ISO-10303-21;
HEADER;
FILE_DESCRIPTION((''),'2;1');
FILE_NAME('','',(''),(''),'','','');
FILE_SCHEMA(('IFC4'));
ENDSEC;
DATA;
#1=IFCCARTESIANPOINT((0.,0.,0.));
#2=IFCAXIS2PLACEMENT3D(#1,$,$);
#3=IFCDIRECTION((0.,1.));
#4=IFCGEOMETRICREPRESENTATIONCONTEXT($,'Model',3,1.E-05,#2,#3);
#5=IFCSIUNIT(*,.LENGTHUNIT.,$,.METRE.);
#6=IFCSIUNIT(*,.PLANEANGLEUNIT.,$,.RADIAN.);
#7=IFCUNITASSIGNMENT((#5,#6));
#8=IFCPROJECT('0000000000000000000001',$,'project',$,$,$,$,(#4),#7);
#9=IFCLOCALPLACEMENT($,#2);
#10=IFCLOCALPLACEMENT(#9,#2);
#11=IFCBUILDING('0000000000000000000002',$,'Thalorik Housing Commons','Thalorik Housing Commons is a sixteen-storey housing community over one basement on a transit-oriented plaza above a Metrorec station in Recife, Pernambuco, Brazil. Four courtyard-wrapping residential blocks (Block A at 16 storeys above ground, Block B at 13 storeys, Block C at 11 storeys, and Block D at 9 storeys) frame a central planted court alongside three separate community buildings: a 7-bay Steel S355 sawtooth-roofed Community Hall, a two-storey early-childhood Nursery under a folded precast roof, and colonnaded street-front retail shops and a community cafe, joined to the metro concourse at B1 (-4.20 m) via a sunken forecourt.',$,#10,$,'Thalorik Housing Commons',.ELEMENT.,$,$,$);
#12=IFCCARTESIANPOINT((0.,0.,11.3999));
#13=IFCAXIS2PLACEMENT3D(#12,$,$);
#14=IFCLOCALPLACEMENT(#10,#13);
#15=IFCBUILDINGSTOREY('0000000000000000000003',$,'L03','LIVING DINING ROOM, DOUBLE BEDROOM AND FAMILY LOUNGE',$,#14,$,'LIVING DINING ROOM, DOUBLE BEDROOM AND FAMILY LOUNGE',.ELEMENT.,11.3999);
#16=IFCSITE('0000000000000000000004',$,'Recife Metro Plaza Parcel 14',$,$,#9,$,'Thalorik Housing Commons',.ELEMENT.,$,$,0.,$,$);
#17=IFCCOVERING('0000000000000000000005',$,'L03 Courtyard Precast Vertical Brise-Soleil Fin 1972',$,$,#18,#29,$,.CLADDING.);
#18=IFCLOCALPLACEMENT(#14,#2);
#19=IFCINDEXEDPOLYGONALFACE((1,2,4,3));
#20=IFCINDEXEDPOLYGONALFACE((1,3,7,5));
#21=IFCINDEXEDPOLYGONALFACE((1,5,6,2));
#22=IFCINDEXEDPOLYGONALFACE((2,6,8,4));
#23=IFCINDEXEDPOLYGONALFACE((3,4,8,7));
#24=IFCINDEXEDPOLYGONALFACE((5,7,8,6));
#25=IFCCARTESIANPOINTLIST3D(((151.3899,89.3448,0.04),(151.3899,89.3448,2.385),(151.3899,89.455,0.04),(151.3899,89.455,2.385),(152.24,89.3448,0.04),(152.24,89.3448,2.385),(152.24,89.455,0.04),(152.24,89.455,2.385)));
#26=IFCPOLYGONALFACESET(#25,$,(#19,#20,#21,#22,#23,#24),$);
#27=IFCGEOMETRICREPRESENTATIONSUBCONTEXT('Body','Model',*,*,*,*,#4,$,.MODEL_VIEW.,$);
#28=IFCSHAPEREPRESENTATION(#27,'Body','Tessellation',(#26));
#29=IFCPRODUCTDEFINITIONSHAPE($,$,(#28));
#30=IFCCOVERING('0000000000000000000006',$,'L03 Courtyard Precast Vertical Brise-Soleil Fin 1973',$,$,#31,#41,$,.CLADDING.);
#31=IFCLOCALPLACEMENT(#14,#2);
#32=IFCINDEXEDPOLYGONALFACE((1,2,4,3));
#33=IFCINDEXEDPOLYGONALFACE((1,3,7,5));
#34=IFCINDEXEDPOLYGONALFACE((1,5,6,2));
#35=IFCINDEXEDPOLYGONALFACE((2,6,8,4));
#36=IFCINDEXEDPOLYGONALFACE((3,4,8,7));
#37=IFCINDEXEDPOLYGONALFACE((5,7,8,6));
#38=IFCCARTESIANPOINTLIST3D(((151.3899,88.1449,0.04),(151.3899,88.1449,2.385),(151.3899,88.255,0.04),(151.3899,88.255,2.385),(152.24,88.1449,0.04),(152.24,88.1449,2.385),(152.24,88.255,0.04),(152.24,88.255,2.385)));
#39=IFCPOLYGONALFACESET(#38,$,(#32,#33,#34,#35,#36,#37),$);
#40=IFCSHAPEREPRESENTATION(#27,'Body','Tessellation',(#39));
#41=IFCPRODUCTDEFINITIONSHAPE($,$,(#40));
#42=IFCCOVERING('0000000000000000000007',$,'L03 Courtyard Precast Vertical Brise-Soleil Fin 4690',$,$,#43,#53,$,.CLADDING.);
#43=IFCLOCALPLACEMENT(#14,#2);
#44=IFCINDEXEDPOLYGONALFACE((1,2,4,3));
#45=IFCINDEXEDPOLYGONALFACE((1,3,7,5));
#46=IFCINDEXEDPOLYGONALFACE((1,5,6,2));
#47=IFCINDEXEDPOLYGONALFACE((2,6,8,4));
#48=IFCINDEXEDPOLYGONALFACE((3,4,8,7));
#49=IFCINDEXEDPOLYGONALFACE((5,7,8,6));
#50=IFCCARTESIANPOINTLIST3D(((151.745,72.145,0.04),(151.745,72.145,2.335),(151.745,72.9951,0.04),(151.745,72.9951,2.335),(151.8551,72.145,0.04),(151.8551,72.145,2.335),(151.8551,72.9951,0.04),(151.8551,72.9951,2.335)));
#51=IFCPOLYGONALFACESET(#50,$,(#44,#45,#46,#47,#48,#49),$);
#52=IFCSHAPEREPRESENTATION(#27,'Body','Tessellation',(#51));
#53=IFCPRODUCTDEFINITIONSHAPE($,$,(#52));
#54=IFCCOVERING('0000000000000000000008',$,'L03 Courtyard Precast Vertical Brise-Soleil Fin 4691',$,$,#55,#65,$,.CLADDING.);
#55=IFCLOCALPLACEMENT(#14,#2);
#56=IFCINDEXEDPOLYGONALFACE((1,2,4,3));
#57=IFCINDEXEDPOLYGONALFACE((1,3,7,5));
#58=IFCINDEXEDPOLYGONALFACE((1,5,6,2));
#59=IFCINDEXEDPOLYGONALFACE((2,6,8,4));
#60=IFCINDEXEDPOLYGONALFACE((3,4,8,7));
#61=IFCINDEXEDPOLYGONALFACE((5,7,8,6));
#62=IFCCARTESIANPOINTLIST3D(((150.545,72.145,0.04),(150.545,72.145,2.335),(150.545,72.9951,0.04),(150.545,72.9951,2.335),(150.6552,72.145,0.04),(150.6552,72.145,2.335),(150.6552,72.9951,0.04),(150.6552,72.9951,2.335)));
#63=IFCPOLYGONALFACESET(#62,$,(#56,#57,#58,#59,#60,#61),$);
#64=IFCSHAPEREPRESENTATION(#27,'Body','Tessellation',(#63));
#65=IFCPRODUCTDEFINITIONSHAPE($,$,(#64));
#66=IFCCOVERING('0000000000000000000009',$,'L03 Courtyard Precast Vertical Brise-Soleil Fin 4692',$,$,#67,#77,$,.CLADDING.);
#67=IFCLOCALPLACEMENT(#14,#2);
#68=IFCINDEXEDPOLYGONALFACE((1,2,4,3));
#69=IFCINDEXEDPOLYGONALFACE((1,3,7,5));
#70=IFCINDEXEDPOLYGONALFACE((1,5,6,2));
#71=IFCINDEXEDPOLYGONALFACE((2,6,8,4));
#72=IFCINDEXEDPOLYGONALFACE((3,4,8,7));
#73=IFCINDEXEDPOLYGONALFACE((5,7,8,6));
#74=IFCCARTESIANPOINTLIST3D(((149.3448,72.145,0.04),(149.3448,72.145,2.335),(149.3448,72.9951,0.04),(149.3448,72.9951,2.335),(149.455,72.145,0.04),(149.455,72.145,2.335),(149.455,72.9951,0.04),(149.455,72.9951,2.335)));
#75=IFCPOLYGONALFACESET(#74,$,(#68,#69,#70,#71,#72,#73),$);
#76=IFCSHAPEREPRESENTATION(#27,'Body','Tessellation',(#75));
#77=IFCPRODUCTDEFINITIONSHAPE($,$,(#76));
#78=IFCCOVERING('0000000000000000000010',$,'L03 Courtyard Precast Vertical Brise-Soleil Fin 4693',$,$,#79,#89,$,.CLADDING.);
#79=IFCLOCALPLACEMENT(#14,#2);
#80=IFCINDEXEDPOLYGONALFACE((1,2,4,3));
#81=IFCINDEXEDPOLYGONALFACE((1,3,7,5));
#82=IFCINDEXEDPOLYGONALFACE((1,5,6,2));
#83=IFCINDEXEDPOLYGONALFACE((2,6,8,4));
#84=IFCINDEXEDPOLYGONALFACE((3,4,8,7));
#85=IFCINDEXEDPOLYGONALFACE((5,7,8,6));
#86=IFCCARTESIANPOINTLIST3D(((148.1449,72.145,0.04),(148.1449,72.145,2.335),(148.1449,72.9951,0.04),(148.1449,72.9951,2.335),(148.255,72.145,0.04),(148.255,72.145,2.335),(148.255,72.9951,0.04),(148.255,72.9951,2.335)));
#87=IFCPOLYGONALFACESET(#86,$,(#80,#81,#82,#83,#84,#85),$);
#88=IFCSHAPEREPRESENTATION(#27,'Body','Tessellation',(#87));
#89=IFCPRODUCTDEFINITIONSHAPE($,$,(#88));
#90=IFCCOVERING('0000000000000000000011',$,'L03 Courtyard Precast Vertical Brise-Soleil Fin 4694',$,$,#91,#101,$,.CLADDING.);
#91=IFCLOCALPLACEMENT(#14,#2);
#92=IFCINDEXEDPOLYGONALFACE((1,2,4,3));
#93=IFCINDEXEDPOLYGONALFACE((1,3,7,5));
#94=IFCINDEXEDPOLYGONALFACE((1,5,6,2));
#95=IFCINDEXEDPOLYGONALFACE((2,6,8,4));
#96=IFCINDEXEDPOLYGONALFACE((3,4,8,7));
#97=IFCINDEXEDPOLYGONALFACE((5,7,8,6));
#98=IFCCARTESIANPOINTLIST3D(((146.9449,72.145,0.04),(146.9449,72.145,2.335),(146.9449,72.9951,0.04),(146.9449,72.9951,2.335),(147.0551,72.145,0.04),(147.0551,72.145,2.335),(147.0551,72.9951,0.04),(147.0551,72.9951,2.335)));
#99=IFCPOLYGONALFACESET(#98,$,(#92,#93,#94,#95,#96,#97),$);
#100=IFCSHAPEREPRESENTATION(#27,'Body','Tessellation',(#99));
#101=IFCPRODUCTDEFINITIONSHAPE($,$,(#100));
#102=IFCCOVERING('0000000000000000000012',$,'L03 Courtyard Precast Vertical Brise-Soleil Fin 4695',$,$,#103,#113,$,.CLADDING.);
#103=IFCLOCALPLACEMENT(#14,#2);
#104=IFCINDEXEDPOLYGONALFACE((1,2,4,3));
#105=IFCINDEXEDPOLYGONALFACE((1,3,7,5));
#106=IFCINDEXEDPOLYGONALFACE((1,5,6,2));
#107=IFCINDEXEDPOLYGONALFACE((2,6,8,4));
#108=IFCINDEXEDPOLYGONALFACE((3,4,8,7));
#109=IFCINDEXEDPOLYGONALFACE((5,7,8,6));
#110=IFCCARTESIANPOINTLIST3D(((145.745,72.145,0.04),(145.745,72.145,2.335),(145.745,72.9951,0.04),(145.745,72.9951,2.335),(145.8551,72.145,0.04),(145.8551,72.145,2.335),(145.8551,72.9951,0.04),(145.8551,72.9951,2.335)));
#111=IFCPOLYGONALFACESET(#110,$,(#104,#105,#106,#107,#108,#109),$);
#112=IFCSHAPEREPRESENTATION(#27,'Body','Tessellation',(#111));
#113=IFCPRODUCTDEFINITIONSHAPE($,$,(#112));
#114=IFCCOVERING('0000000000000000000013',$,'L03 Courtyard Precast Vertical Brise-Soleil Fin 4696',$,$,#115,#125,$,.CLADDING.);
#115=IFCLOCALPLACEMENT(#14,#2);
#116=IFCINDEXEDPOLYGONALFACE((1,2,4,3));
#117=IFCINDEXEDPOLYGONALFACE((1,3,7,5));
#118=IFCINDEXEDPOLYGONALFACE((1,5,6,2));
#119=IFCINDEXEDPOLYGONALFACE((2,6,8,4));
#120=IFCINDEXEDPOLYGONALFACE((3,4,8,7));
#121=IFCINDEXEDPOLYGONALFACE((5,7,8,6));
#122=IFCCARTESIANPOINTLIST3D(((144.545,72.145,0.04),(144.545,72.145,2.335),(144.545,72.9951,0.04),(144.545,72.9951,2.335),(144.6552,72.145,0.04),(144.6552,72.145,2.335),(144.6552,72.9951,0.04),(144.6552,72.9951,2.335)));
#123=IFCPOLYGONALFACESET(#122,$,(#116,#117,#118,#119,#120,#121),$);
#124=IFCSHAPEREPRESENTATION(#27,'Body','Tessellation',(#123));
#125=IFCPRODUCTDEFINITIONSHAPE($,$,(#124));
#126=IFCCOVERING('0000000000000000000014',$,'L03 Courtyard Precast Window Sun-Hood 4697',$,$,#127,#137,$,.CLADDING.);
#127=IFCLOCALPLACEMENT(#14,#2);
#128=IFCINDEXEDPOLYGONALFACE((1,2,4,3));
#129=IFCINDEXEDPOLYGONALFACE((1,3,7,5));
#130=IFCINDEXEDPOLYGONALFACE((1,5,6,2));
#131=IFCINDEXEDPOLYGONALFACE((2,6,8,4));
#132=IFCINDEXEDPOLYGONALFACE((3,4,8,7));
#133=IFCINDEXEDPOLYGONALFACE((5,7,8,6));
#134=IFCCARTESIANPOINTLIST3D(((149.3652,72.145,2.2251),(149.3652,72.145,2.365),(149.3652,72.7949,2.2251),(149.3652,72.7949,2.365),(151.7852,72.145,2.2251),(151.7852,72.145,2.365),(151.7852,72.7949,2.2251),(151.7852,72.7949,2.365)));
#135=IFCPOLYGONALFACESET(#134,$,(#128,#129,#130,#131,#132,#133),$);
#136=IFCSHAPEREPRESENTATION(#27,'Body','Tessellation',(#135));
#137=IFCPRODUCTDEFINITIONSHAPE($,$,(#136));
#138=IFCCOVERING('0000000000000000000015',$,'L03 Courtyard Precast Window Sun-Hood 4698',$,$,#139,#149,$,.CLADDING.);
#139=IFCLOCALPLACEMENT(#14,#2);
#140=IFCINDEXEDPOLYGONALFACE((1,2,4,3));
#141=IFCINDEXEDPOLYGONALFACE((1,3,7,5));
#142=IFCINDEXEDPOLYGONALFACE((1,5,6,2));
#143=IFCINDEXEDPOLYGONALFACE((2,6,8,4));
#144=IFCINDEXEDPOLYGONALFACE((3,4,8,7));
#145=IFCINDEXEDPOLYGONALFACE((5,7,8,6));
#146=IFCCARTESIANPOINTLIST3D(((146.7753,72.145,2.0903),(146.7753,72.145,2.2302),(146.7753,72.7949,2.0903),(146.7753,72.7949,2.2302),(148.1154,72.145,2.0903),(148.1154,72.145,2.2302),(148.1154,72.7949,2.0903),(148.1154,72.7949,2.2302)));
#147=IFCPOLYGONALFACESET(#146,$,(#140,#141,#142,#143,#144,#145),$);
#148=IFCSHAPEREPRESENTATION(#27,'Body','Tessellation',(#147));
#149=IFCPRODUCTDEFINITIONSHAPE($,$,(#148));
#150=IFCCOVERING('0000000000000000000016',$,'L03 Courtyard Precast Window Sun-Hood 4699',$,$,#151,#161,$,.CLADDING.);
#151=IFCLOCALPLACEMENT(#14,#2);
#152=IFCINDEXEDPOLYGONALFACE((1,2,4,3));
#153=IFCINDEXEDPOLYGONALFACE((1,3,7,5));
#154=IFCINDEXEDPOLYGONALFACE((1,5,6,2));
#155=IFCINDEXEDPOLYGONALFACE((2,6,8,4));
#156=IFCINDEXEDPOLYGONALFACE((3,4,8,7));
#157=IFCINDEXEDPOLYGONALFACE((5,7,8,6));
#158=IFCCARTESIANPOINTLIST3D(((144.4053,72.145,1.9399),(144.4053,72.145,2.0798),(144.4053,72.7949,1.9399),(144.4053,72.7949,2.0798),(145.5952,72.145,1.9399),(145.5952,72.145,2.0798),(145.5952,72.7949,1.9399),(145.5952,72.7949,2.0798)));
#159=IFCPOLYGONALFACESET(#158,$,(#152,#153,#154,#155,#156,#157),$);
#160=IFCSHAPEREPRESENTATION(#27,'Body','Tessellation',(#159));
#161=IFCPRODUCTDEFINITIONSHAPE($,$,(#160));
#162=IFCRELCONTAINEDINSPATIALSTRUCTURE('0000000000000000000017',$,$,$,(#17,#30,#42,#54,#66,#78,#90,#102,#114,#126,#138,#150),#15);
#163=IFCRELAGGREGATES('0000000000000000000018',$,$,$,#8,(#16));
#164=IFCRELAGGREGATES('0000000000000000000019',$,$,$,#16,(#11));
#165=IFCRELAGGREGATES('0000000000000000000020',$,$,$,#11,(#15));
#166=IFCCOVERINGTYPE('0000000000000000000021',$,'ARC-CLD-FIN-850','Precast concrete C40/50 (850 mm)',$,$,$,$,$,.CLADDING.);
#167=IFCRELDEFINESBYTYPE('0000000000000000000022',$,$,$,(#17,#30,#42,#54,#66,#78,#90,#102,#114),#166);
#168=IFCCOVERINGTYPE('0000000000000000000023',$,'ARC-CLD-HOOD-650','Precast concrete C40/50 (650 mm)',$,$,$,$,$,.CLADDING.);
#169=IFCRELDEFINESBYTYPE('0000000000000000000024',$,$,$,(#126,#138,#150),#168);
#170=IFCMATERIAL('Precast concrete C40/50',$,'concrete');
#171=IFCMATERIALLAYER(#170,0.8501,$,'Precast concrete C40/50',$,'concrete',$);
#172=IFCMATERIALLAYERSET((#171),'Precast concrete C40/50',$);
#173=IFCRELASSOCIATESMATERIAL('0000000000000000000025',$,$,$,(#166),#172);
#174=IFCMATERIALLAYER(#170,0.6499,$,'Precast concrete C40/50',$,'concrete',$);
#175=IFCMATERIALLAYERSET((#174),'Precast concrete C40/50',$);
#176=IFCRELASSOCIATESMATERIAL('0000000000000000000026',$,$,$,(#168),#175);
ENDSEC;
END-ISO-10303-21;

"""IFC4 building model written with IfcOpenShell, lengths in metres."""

from ifc_helpers import new_model, si_unit, direction, frame, origin, origin_2d, place, context, subcontext, project, spatial, rectangle, extrude, material, layer, layer_set, type_object, element, save


model = new_model("IFC4")

# Units and contexts
model_context = context("Model", 3, precision=1e-05, world=origin(), true_north=direction((0.0, 1.0)))
body_context = subcontext(model_context, "Body", "Model", "MODEL_VIEW")
ifc_project = project(units=[si_unit("LENGTHUNIT", "METRE"), si_unit("PLANEANGLEUNIT", "RADIAN")], contexts=[model_context])

# Site, building, storey
site_placement = place(None, origin())
site = spatial("IfcSite", under=ifc_project, at=site_placement, Name="Recife Metro Plaza Parcel 14", LongName="Thalorik Housing Commons", CompositionType="ELEMENT", RefElevation=0.0)
building_placement = place(site_placement, origin())
building = spatial("IfcBuilding", under=site, at=building_placement, Name="Thalorik Housing Commons", Description="Thalorik Housing Commons is a sixteen-storey housing community over one basement on a transit-oriented plaza above a Metrorec station in Recife, Pernambuco, Brazil. Four courtyard-wrapping residential blocks (Block A at 16 storeys above ground, Block B at 13 storeys, Block C at 11 storeys, and Block D at 9 storeys) frame a central planted court alongside three separate community buildings: a 7-bay Steel S355 sawtooth-roofed Community Hall, a two-storey early-childhood Nursery under a folded precast roof, and colonnaded street-front retail shops and a community cafe, joined to the metro concourse at B1 (-4.20 m) via a sunken forecourt.", LongName="Thalorik Housing Commons", CompositionType="ELEMENT")
storey_placement = place(building_placement, frame((0.0, 0.0, 11.3999)))
storey = spatial("IfcBuildingStorey", under=building, at=storey_placement, Name="L03", Description="LIVING DINING ROOM, DOUBLE BEDROOM AND FAMILY LOUNGE", LongName="LIVING DINING ROOM, DOUBLE BEDROOM AND FAMILY LOUNGE", CompositionType="ELEMENT", Elevation=11.3999)

# Shared definitions
ifc_material_1 = material(Name="Precast concrete C40/50", Category="concrete")

# Coverings
ifc_layer_1 = layer(ifc_material_1, 0.8501, Name="Precast concrete C40/50", Category="concrete")
ifc_layer_set_1 = layer_set([ifc_layer_1], Name="Precast concrete C40/50")
covering_type_1 = type_object("IfcCoveringType", Name="ARC-CLD-FIN-850", Description="Precast concrete C40/50 (850 mm)", PredefinedType="CLADDING", material=ifc_layer_set_1)
for number, where, z_axis, x_axis, name in (
    (1, (151.8149, 89.3999, 0.04), (0.0, 0.0, 1.0), (0.0, -1.0, 0.0), "L03 Courtyard Precast Vertical Brise-Soleil Fin 1972"),
    (2, (151.8149, 88.2, 0.04), (0.0, 0.0, 1.0), (0.0, -1.0, 0.0), "L03 Courtyard Precast Vertical Brise-Soleil Fin 1973"),
):
    element("IfcCovering", number, at=place(storey_placement, frame(where, z_axis=z_axis, x_axis=x_axis)), inside=storey, type_object=covering_type_1, Name=name, PredefinedType="CLADDING", context=body_context, shape_type="SweptSolid", body=[
        extrude(rectangle(XDim=0.1101, YDim=0.8501, at=origin_2d()), origin(), (0.0, 0.0, 1.0), 2.345),
    ])
for number, where, z_axis, x_axis, name in (
    (3, (151.8, 72.5701, 0.04), (0.0, 0.0, 1.0), (-1.0, 0.0, 0.0), "L03 Courtyard Precast Vertical Brise-Soleil Fin 4690"),
    (4, (150.6001, 72.5701, 0.04), (0.0, 0.0, 1.0), (-1.0, 0.0, 0.0), "L03 Courtyard Precast Vertical Brise-Soleil Fin 4691"),
    (5, (149.3999, 72.5701, 0.04), (0.0, 0.0, 1.0), (-1.0, 0.0, 0.0), "L03 Courtyard Precast Vertical Brise-Soleil Fin 4692"),
    (6, (148.2, 72.5701, 0.04), (0.0, 0.0, 1.0), (-1.0, 0.0, 0.0), "L03 Courtyard Precast Vertical Brise-Soleil Fin 4693"),
    (7, (147.0, 72.5701, 0.04), (0.0, 0.0, 1.0), (-1.0, 0.0, 0.0), "L03 Courtyard Precast Vertical Brise-Soleil Fin 4694"),
    (8, (145.8, 72.5701, 0.04), (0.0, 0.0, 1.0), (-1.0, 0.0, 0.0), "L03 Courtyard Precast Vertical Brise-Soleil Fin 4695"),
    (9, (144.6001, 72.5701, 0.04), (0.0, 0.0, 1.0), (-1.0, 0.0, 0.0), "L03 Courtyard Precast Vertical Brise-Soleil Fin 4696"),
):
    element("IfcCovering", number, at=place(storey_placement, frame(where, z_axis=z_axis, x_axis=x_axis)), inside=storey, type_object=covering_type_1, Name=name, PredefinedType="CLADDING", context=body_context, shape_type="SweptSolid", body=[
        extrude(rectangle(XDim=0.1101, YDim=0.8501, at=origin_2d()), origin(), (0.0, 0.0, 1.0), 2.2949),
    ])
ifc_layer_2 = layer(ifc_material_1, 0.6499, Name="Precast concrete C40/50", Category="concrete")
ifc_layer_set_2 = layer_set([ifc_layer_2], Name="Precast concrete C40/50")
covering_type_2 = type_object("IfcCoveringType", Name="ARC-CLD-HOOD-650", Description="Precast concrete C40/50 (650 mm)", PredefinedType="CLADDING", material=ifc_layer_set_2)
covering_1_placement = place(storey_placement, frame((150.5752, 72.47, 2.2251), z_axis=(0.0, 0.0, 1.0), x_axis=(-1.0, 0.0, 0.0)))
element("IfcCovering", 10, at=covering_1_placement, inside=storey, type_object=covering_type_2, Name="L03 Courtyard Precast Window Sun-Hood 4697", PredefinedType="CLADDING", context=body_context, shape_type="SweptSolid", body=[
    extrude(rectangle(XDim=2.4199, YDim=0.6499, at=origin_2d()), origin(), (0.0, 0.0, 1.0), 0.1399),
])
covering_2_placement = place(storey_placement, frame((147.4453, 72.47, 2.0903), z_axis=(0.0, 0.0, 1.0), x_axis=(-1.0, 0.0, 0.0)))
element("IfcCovering", 11, at=covering_2_placement, inside=storey, type_object=covering_type_2, Name="L03 Courtyard Precast Window Sun-Hood 4698", PredefinedType="CLADDING", context=body_context, shape_type="SweptSolid", body=[
    extrude(rectangle(XDim=1.3401, YDim=0.6499, at=origin_2d()), origin(), (0.0, 0.0, 1.0), 0.1399),
])
covering_3_placement = place(storey_placement, frame((145.0002, 72.47, 1.9399), z_axis=(0.0, 0.0, 1.0), x_axis=(-1.0, 0.0, 0.0)))
element("IfcCovering", 12, at=covering_3_placement, inside=storey, type_object=covering_type_2, Name="L03 Courtyard Precast Window Sun-Hood 4699", PredefinedType="CLADDING", context=body_context, shape_type="SweptSolid", body=[
    extrude(rectangle(XDim=1.1899, YDim=0.6499, at=origin_2d()), origin(), (0.0, 0.0, 1.0), 0.1399),
])

save(model, "model.ifc")
